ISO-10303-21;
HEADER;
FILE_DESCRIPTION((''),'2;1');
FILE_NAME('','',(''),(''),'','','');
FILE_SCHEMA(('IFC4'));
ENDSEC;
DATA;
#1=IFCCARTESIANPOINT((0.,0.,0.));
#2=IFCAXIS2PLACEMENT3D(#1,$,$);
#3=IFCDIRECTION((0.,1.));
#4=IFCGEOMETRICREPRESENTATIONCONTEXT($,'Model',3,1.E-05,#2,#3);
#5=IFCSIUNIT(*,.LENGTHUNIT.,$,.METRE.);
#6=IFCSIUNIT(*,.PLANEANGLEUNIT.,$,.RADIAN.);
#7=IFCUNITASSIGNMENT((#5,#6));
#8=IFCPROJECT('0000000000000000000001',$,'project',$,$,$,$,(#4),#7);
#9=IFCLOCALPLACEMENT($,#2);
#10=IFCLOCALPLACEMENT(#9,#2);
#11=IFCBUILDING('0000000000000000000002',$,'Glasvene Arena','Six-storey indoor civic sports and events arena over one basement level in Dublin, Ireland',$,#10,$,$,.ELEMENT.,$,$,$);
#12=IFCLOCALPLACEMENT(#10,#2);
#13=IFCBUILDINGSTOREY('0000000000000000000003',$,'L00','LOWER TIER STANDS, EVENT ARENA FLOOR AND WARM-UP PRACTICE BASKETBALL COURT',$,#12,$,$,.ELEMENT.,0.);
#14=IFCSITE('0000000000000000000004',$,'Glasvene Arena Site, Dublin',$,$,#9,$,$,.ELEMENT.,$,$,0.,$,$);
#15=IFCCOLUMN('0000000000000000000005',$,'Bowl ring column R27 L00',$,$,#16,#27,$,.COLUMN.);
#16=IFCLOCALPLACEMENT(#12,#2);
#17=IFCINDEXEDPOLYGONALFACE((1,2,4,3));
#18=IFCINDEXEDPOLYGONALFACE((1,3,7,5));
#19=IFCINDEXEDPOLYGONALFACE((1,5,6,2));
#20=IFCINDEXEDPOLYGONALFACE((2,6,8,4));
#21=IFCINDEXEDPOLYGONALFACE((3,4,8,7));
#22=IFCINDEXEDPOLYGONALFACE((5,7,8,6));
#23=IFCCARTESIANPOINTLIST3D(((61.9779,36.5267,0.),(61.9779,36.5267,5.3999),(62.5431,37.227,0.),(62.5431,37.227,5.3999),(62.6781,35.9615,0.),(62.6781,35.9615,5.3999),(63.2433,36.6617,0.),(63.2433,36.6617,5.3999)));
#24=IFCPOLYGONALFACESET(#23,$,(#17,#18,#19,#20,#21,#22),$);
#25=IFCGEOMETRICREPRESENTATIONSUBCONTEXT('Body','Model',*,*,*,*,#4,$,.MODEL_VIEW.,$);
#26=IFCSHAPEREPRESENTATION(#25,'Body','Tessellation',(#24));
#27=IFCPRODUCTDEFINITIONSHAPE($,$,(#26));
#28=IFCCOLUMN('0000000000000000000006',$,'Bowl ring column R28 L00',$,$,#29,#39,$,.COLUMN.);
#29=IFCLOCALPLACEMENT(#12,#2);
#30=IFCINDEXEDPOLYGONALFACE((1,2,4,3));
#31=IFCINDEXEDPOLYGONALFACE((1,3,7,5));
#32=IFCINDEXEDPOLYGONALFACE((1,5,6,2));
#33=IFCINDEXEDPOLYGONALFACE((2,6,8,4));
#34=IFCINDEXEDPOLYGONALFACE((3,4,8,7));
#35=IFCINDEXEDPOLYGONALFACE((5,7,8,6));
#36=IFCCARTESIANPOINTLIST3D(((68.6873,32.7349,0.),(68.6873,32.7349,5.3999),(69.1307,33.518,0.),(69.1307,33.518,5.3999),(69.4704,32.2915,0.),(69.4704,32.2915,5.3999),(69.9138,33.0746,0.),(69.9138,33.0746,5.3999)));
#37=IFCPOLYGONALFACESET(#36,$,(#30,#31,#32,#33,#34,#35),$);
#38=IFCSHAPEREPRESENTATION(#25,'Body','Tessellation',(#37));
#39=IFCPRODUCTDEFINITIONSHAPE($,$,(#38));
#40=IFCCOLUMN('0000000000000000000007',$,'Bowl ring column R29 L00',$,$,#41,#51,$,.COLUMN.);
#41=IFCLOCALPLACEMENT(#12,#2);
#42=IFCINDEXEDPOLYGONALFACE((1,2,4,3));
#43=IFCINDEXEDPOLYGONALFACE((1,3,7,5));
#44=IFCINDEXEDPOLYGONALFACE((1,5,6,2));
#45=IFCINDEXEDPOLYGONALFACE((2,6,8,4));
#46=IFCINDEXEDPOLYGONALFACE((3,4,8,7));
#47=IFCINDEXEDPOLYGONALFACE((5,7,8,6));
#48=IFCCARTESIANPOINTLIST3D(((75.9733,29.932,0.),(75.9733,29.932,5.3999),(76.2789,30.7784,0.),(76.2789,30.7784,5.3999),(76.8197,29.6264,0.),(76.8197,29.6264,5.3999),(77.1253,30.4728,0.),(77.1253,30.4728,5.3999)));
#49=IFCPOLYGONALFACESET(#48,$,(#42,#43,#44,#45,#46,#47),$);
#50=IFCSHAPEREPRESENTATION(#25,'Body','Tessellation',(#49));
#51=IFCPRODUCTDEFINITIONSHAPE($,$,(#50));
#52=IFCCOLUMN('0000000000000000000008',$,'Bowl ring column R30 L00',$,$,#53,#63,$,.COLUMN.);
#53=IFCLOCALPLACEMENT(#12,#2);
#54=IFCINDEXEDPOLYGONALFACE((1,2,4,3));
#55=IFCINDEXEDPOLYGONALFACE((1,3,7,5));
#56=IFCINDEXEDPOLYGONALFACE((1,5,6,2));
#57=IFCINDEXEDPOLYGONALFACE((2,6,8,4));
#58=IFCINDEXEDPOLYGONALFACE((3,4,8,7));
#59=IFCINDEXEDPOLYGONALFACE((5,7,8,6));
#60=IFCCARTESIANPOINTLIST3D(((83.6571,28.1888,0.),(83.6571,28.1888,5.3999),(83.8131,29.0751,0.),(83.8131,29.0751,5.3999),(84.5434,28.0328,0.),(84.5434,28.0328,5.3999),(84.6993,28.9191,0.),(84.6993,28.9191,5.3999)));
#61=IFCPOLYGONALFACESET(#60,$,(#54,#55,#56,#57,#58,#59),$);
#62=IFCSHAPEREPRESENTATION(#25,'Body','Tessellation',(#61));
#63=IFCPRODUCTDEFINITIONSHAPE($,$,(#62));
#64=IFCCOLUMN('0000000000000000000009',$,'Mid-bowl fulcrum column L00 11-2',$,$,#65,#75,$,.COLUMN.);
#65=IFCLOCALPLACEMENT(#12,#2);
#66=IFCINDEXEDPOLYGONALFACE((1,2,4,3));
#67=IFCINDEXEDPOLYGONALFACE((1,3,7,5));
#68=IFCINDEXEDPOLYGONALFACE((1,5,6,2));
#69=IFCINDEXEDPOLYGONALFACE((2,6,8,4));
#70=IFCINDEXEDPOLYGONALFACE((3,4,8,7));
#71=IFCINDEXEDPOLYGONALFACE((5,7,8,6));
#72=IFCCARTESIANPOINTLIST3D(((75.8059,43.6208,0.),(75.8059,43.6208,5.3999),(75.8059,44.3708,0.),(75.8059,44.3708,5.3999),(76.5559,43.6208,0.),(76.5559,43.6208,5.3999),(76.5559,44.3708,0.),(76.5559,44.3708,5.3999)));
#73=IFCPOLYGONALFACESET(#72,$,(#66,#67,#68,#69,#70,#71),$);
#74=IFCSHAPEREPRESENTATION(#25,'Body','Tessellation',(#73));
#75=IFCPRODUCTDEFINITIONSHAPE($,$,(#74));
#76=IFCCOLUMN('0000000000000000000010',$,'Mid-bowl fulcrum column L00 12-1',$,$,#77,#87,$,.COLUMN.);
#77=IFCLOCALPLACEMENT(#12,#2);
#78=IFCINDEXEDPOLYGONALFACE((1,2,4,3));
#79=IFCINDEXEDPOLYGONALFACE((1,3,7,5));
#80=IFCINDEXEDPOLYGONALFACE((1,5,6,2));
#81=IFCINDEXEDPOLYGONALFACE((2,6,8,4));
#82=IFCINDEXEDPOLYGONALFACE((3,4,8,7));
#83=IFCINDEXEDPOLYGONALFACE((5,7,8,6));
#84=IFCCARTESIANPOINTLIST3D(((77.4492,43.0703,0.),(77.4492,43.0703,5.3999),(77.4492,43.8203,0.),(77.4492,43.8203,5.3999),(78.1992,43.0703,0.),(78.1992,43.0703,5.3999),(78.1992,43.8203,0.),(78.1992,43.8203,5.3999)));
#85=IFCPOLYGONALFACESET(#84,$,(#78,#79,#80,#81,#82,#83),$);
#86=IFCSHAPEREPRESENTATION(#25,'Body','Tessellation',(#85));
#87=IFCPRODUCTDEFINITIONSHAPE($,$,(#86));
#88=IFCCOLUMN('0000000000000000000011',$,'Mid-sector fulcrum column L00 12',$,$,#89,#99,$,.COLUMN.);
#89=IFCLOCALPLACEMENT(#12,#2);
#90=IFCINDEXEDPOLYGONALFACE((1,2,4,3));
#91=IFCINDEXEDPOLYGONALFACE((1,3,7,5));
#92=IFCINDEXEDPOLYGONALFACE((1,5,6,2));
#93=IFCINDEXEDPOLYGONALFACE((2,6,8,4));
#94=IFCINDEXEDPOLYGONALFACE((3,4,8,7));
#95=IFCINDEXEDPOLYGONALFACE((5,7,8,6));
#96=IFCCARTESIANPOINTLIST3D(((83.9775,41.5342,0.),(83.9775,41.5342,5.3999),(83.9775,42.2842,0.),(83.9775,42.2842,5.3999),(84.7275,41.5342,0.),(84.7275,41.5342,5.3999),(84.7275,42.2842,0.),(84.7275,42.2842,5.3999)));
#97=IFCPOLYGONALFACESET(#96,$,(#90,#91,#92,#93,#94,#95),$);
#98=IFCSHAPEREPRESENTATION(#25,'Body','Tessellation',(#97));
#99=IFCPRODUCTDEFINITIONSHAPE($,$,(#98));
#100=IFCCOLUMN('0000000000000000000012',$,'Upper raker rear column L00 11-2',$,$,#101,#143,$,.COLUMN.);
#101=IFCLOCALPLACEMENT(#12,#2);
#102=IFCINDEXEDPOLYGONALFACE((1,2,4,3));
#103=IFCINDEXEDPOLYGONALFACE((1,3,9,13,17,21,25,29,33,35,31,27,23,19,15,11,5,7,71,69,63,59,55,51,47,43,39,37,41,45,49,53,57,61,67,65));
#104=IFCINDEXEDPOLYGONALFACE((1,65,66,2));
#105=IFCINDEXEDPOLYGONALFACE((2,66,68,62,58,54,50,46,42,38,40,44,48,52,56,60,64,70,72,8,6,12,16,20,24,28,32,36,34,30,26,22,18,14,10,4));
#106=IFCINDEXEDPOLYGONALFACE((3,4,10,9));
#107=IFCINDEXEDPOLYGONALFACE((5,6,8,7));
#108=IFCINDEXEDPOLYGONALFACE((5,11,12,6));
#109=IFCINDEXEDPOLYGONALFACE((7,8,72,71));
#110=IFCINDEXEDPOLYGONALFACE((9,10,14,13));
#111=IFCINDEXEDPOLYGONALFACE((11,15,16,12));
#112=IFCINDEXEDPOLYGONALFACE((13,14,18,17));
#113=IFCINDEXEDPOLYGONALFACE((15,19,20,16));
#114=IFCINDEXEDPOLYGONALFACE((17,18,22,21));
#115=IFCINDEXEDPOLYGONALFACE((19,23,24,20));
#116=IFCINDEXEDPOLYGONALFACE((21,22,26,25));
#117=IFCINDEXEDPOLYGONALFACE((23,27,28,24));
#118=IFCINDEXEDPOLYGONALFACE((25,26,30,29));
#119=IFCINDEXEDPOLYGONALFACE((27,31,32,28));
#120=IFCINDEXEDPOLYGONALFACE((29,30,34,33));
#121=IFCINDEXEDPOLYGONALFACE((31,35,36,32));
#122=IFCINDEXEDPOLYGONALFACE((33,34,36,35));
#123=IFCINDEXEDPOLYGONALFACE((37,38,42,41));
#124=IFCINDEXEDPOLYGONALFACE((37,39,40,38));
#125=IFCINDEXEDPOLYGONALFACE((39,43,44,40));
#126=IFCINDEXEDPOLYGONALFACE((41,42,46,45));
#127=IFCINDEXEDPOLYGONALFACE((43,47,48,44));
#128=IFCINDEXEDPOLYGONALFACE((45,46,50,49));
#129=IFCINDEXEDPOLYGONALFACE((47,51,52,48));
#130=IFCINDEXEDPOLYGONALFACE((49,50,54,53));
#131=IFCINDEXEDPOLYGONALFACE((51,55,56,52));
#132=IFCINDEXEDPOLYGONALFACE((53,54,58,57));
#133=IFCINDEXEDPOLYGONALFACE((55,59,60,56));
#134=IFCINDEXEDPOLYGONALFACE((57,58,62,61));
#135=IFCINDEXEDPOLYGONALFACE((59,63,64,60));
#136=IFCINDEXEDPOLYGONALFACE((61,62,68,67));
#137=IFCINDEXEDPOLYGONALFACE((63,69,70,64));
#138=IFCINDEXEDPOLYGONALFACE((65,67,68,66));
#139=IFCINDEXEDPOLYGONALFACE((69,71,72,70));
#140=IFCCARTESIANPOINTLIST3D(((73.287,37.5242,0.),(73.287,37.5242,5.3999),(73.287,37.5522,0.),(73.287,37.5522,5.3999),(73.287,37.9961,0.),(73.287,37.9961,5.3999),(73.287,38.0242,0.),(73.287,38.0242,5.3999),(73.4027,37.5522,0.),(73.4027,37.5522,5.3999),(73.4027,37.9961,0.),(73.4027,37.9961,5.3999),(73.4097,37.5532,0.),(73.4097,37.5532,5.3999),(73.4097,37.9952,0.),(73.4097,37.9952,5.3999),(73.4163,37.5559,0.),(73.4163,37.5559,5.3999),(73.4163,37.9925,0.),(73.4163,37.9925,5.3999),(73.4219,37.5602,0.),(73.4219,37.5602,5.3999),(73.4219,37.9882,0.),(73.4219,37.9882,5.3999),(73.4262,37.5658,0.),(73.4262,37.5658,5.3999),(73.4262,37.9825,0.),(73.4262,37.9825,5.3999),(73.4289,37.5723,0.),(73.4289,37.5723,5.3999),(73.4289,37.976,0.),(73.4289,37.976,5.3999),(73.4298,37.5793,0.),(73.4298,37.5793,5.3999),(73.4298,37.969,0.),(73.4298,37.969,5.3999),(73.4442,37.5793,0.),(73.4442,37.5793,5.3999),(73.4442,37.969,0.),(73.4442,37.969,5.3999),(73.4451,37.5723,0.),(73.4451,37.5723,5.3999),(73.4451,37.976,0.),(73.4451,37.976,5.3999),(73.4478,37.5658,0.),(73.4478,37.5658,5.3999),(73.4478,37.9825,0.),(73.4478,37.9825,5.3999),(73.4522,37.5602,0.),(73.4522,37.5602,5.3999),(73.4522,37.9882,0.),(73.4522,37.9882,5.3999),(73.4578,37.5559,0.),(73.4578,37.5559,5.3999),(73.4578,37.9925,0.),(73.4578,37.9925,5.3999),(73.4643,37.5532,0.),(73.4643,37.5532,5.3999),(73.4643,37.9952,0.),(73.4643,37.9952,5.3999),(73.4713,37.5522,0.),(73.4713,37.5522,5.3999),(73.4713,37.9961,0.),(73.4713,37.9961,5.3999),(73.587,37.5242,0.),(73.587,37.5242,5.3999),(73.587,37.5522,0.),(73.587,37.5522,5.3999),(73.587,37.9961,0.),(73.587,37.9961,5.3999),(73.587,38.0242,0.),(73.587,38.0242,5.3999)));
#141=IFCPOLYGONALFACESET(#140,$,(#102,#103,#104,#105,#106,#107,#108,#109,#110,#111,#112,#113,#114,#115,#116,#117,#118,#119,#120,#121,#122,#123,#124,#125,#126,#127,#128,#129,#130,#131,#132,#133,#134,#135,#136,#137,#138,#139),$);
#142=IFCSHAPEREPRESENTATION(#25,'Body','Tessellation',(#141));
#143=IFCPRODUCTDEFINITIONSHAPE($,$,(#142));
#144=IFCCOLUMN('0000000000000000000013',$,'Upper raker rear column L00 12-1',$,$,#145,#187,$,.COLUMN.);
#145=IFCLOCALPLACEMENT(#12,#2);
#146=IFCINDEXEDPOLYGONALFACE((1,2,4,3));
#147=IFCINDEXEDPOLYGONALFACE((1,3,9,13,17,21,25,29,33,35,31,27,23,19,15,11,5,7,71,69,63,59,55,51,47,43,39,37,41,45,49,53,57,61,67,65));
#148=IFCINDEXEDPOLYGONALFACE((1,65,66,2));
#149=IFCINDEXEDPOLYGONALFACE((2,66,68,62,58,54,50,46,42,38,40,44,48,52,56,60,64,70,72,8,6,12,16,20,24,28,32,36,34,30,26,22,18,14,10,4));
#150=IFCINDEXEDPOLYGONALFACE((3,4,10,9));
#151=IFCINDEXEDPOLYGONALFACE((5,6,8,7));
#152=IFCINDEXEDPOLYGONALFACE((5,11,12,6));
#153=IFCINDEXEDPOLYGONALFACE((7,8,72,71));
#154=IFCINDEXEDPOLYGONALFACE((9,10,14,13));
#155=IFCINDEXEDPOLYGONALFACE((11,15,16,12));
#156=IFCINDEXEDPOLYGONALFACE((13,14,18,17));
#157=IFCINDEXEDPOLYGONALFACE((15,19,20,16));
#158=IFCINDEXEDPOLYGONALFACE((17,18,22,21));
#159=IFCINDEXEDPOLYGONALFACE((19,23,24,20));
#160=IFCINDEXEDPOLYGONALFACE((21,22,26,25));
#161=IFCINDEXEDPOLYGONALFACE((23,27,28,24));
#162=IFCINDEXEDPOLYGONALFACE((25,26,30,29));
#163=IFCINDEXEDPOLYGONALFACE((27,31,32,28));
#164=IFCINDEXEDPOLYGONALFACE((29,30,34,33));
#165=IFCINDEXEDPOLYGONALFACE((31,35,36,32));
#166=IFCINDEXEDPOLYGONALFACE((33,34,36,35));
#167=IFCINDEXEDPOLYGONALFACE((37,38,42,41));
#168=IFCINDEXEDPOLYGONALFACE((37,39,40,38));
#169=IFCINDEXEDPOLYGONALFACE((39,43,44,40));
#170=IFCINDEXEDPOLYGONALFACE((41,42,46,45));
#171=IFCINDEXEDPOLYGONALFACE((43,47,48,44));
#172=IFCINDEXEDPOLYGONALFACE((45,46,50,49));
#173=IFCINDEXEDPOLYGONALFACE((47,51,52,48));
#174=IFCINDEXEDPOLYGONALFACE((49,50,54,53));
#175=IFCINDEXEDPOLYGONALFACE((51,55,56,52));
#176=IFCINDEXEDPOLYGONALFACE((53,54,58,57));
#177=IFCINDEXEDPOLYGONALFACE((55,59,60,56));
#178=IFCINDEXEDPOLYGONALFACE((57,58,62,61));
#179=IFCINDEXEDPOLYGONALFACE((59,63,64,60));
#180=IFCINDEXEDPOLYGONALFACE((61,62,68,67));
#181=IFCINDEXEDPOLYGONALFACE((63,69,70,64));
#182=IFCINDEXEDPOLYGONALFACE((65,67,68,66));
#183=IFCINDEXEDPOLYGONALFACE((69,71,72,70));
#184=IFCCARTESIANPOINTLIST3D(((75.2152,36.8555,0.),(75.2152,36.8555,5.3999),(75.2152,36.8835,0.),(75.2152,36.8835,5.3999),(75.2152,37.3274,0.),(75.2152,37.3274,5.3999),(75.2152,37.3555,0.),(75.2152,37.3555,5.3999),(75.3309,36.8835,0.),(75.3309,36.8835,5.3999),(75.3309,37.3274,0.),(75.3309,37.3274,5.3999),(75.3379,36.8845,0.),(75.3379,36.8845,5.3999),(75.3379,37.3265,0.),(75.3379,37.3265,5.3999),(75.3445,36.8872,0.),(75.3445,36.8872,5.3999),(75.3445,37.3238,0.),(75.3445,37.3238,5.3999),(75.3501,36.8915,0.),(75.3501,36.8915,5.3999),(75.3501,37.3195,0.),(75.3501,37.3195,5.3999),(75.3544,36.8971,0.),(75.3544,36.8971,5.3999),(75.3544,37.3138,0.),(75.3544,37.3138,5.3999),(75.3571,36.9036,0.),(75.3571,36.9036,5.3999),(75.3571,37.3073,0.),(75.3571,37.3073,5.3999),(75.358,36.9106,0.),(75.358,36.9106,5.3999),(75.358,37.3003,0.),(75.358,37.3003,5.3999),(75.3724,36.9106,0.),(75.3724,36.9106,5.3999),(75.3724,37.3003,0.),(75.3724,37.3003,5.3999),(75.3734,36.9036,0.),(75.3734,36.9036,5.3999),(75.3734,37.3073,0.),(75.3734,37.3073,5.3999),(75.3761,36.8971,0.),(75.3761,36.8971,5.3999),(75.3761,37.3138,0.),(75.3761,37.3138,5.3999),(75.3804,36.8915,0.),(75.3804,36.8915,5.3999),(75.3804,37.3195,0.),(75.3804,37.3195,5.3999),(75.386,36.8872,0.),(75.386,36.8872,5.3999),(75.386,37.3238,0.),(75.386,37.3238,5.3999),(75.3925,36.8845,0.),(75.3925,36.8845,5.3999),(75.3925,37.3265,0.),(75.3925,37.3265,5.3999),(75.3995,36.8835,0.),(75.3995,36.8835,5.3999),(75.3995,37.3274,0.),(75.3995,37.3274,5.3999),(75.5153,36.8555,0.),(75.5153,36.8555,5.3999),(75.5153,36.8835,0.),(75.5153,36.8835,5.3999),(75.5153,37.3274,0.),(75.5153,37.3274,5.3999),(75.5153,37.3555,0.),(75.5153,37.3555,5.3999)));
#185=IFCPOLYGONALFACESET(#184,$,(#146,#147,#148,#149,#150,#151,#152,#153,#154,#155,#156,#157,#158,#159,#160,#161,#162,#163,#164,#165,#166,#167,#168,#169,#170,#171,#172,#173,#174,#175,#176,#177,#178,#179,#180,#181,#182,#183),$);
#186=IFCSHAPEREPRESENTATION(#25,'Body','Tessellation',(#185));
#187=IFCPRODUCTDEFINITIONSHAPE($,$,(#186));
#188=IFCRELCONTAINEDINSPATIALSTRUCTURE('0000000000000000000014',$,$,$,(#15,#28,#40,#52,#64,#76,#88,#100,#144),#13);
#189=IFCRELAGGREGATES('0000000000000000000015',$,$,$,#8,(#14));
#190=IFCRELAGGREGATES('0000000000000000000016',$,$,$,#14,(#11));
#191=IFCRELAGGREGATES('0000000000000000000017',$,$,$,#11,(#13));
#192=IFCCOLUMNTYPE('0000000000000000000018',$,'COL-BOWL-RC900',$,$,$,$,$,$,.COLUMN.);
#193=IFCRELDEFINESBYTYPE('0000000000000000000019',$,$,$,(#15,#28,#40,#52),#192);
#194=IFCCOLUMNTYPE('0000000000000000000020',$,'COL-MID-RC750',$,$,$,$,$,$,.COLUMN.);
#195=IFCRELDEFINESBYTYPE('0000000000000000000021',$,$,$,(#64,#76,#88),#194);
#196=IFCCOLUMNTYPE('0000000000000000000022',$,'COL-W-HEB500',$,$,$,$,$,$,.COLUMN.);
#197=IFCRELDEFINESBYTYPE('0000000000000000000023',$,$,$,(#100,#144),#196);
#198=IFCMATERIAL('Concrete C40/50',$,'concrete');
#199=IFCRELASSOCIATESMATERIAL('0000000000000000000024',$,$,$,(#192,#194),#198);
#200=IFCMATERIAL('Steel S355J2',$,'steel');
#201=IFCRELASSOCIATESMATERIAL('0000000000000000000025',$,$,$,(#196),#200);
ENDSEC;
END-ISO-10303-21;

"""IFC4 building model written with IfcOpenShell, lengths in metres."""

from ifc_helpers import new_model, si_unit, direction, frame, origin, origin_2d, place, context, subcontext, project, spatial, rectangle, i_section, extrude, material, material_profile, profile_set, type_object, element, save


model = new_model("IFC4")

# Units and contexts
model_context = context("Model", 3, precision=1e-05, world=origin(), true_north=direction((0.0, 1.0)))
body_context = subcontext(model_context, "Body", "Model", "MODEL_VIEW")
ifc_project = project(units=[si_unit("LENGTHUNIT", "METRE"), si_unit("PLANEANGLEUNIT", "RADIAN")], contexts=[model_context])

# Site, building, storey
site_placement = place(None, origin())
site = spatial("IfcSite", under=ifc_project, at=site_placement, Name="Glasvene Arena Site, Dublin", CompositionType="ELEMENT", RefElevation=0.0)
building_placement = place(site_placement, origin())
building = spatial("IfcBuilding", under=site, at=building_placement, Name="Glasvene Arena", Description="Six-storey indoor civic sports and events arena over one basement level in Dublin, Ireland", CompositionType="ELEMENT")
storey_placement = place(building_placement, origin())
storey = spatial("IfcBuildingStorey", under=building, at=storey_placement, Name="L00", Description="LOWER TIER STANDS, EVENT ARENA FLOOR AND WARM-UP PRACTICE BASKETBALL COURT", CompositionType="ELEMENT", Elevation=0.0)

# Columns
ifc_material_1 = material(Name="Concrete C40/50", Category="concrete")
ifc_material_profile_1 = material_profile(ifc_material_1, rectangle(XDim=0.8999, YDim=0.8999, at=origin_2d()), Name="RC 900x900")
ifc_profile_set_1 = profile_set([ifc_material_profile_1], Name="Concrete C40/50")
column_type_1 = type_object("IfcColumnType", Name="COL-BOWL-RC900", PredefinedType="COLUMN", material=ifc_profile_set_1)
for number, where, z_axis, x_axis, name in (
    (1, (62.6106, 36.5942, 0.0), (0.0, 0.0, 1.0), (-0.628099, -0.778134, 0.0), "Bowl ring column R27 L00"),
    (2, (69.3005, 32.9048, 0.0), (0.0, 0.0, 1.0), (-0.492727, -0.870184, 0.0), "Bowl ring column R28 L00"),
    (3, (76.5493, 30.2024, 0.0), (0.0, 0.0, 1.0), (-0.339559, -0.940585, 0.0), "Bowl ring column R29 L00"),
    (4, (84.1782, 28.554, 0.0), (0.0, 0.0, 1.0), (-0.173304, -0.984868, 0.0), "Bowl ring column R30 L00"),
):
    element("IfcColumn", number, at=place(storey_placement, frame(where, z_axis=z_axis, x_axis=x_axis)), inside=storey, type_object=column_type_1, Name=name, PredefinedType="COLUMN", context=body_context, shape_type="SweptSolid", body=[
        extrude(rectangle(XDim=0.8999, YDim=0.8999, at=origin_2d()), origin(), (0.0, 0.0, 1.0), 5.3999),
    ])
ifc_material_profile_2 = material_profile(ifc_material_1, rectangle(XDim=0.75, YDim=0.75, at=origin_2d()), Name="RC 750x750")
ifc_profile_set_2 = profile_set([ifc_material_profile_2], Name="Concrete C40/50")
column_type_2 = type_object("IfcColumnType", Name="COL-MID-RC750", PredefinedType="COLUMN", material=ifc_profile_set_2)
for number, where, z_axis, x_axis, name in (
    (5, (76.1809, 43.9958, 0.0), (0.0, 0.0, 1.0), (1.0, 0.0, 0.0), "Mid-bowl fulcrum column L00 11-2"),
    (6, (77.8242, 43.4453, 0.0), (0.0, 0.0, 1.0), (1.0, 0.0, 0.0), "Mid-bowl fulcrum column L00 12-1"),
    (7, (84.3525, 41.9092, 0.0), (0.0, 0.0, 1.0), (1.0, 0.0, 0.0), "Mid-sector fulcrum column L00 12"),
):
    element("IfcColumn", number, at=place(storey_placement, frame(where, z_axis=z_axis, x_axis=x_axis)), inside=storey, type_object=column_type_2, Name=name, PredefinedType="COLUMN", context=body_context, shape_type="SweptSolid", body=[
        extrude(rectangle(XDim=0.75, YDim=0.75, at=origin_2d()), origin(), (0.0, 0.0, 1.0), 5.3999),
    ])
ifc_material_2 = material(Name="Steel S355J2", Category="steel")
ifc_material_profile_3 = material_profile(ifc_material_2, i_section(OverallWidth=0.3, OverallDepth=0.5, WebThickness=0.0144, FlangeThickness=0.0281, FilletRadius=0.0271, at=origin_2d()), Name="HEB 500")
ifc_profile_set_3 = profile_set([ifc_material_profile_3], Name="Steel S355J2")
column_type_3 = type_object("IfcColumnType", Name="COL-W-HEB500", PredefinedType="COLUMN", material=ifc_profile_set_3)
for number, where, z_axis, x_axis, name in (
    (8, (73.437, 37.7742, 0.0), (0.0, 0.0, 1.0), (1.0, 0.0, 0.0), "Upper raker rear column L00 11-2"),
    (9, (75.3652, 37.1055, 0.0), (0.0, 0.0, 1.0), (1.0, 0.0, 0.0), "Upper raker rear column L00 12-1"),
):
    element("IfcColumn", number, at=place(storey_placement, frame(where, z_axis=z_axis, x_axis=x_axis)), inside=storey, type_object=column_type_3, Name=name, PredefinedType="COLUMN", context=body_context, shape_type="SweptSolid", body=[
        extrude(i_section(OverallWidth=0.3, OverallDepth=0.5, WebThickness=0.0144, FlangeThickness=0.0281, FilletRadius=0.0271, at=origin_2d()), origin(), (0.0, 0.0, 1.0), 5.3999),
    ])

save(model, "model.ifc")
